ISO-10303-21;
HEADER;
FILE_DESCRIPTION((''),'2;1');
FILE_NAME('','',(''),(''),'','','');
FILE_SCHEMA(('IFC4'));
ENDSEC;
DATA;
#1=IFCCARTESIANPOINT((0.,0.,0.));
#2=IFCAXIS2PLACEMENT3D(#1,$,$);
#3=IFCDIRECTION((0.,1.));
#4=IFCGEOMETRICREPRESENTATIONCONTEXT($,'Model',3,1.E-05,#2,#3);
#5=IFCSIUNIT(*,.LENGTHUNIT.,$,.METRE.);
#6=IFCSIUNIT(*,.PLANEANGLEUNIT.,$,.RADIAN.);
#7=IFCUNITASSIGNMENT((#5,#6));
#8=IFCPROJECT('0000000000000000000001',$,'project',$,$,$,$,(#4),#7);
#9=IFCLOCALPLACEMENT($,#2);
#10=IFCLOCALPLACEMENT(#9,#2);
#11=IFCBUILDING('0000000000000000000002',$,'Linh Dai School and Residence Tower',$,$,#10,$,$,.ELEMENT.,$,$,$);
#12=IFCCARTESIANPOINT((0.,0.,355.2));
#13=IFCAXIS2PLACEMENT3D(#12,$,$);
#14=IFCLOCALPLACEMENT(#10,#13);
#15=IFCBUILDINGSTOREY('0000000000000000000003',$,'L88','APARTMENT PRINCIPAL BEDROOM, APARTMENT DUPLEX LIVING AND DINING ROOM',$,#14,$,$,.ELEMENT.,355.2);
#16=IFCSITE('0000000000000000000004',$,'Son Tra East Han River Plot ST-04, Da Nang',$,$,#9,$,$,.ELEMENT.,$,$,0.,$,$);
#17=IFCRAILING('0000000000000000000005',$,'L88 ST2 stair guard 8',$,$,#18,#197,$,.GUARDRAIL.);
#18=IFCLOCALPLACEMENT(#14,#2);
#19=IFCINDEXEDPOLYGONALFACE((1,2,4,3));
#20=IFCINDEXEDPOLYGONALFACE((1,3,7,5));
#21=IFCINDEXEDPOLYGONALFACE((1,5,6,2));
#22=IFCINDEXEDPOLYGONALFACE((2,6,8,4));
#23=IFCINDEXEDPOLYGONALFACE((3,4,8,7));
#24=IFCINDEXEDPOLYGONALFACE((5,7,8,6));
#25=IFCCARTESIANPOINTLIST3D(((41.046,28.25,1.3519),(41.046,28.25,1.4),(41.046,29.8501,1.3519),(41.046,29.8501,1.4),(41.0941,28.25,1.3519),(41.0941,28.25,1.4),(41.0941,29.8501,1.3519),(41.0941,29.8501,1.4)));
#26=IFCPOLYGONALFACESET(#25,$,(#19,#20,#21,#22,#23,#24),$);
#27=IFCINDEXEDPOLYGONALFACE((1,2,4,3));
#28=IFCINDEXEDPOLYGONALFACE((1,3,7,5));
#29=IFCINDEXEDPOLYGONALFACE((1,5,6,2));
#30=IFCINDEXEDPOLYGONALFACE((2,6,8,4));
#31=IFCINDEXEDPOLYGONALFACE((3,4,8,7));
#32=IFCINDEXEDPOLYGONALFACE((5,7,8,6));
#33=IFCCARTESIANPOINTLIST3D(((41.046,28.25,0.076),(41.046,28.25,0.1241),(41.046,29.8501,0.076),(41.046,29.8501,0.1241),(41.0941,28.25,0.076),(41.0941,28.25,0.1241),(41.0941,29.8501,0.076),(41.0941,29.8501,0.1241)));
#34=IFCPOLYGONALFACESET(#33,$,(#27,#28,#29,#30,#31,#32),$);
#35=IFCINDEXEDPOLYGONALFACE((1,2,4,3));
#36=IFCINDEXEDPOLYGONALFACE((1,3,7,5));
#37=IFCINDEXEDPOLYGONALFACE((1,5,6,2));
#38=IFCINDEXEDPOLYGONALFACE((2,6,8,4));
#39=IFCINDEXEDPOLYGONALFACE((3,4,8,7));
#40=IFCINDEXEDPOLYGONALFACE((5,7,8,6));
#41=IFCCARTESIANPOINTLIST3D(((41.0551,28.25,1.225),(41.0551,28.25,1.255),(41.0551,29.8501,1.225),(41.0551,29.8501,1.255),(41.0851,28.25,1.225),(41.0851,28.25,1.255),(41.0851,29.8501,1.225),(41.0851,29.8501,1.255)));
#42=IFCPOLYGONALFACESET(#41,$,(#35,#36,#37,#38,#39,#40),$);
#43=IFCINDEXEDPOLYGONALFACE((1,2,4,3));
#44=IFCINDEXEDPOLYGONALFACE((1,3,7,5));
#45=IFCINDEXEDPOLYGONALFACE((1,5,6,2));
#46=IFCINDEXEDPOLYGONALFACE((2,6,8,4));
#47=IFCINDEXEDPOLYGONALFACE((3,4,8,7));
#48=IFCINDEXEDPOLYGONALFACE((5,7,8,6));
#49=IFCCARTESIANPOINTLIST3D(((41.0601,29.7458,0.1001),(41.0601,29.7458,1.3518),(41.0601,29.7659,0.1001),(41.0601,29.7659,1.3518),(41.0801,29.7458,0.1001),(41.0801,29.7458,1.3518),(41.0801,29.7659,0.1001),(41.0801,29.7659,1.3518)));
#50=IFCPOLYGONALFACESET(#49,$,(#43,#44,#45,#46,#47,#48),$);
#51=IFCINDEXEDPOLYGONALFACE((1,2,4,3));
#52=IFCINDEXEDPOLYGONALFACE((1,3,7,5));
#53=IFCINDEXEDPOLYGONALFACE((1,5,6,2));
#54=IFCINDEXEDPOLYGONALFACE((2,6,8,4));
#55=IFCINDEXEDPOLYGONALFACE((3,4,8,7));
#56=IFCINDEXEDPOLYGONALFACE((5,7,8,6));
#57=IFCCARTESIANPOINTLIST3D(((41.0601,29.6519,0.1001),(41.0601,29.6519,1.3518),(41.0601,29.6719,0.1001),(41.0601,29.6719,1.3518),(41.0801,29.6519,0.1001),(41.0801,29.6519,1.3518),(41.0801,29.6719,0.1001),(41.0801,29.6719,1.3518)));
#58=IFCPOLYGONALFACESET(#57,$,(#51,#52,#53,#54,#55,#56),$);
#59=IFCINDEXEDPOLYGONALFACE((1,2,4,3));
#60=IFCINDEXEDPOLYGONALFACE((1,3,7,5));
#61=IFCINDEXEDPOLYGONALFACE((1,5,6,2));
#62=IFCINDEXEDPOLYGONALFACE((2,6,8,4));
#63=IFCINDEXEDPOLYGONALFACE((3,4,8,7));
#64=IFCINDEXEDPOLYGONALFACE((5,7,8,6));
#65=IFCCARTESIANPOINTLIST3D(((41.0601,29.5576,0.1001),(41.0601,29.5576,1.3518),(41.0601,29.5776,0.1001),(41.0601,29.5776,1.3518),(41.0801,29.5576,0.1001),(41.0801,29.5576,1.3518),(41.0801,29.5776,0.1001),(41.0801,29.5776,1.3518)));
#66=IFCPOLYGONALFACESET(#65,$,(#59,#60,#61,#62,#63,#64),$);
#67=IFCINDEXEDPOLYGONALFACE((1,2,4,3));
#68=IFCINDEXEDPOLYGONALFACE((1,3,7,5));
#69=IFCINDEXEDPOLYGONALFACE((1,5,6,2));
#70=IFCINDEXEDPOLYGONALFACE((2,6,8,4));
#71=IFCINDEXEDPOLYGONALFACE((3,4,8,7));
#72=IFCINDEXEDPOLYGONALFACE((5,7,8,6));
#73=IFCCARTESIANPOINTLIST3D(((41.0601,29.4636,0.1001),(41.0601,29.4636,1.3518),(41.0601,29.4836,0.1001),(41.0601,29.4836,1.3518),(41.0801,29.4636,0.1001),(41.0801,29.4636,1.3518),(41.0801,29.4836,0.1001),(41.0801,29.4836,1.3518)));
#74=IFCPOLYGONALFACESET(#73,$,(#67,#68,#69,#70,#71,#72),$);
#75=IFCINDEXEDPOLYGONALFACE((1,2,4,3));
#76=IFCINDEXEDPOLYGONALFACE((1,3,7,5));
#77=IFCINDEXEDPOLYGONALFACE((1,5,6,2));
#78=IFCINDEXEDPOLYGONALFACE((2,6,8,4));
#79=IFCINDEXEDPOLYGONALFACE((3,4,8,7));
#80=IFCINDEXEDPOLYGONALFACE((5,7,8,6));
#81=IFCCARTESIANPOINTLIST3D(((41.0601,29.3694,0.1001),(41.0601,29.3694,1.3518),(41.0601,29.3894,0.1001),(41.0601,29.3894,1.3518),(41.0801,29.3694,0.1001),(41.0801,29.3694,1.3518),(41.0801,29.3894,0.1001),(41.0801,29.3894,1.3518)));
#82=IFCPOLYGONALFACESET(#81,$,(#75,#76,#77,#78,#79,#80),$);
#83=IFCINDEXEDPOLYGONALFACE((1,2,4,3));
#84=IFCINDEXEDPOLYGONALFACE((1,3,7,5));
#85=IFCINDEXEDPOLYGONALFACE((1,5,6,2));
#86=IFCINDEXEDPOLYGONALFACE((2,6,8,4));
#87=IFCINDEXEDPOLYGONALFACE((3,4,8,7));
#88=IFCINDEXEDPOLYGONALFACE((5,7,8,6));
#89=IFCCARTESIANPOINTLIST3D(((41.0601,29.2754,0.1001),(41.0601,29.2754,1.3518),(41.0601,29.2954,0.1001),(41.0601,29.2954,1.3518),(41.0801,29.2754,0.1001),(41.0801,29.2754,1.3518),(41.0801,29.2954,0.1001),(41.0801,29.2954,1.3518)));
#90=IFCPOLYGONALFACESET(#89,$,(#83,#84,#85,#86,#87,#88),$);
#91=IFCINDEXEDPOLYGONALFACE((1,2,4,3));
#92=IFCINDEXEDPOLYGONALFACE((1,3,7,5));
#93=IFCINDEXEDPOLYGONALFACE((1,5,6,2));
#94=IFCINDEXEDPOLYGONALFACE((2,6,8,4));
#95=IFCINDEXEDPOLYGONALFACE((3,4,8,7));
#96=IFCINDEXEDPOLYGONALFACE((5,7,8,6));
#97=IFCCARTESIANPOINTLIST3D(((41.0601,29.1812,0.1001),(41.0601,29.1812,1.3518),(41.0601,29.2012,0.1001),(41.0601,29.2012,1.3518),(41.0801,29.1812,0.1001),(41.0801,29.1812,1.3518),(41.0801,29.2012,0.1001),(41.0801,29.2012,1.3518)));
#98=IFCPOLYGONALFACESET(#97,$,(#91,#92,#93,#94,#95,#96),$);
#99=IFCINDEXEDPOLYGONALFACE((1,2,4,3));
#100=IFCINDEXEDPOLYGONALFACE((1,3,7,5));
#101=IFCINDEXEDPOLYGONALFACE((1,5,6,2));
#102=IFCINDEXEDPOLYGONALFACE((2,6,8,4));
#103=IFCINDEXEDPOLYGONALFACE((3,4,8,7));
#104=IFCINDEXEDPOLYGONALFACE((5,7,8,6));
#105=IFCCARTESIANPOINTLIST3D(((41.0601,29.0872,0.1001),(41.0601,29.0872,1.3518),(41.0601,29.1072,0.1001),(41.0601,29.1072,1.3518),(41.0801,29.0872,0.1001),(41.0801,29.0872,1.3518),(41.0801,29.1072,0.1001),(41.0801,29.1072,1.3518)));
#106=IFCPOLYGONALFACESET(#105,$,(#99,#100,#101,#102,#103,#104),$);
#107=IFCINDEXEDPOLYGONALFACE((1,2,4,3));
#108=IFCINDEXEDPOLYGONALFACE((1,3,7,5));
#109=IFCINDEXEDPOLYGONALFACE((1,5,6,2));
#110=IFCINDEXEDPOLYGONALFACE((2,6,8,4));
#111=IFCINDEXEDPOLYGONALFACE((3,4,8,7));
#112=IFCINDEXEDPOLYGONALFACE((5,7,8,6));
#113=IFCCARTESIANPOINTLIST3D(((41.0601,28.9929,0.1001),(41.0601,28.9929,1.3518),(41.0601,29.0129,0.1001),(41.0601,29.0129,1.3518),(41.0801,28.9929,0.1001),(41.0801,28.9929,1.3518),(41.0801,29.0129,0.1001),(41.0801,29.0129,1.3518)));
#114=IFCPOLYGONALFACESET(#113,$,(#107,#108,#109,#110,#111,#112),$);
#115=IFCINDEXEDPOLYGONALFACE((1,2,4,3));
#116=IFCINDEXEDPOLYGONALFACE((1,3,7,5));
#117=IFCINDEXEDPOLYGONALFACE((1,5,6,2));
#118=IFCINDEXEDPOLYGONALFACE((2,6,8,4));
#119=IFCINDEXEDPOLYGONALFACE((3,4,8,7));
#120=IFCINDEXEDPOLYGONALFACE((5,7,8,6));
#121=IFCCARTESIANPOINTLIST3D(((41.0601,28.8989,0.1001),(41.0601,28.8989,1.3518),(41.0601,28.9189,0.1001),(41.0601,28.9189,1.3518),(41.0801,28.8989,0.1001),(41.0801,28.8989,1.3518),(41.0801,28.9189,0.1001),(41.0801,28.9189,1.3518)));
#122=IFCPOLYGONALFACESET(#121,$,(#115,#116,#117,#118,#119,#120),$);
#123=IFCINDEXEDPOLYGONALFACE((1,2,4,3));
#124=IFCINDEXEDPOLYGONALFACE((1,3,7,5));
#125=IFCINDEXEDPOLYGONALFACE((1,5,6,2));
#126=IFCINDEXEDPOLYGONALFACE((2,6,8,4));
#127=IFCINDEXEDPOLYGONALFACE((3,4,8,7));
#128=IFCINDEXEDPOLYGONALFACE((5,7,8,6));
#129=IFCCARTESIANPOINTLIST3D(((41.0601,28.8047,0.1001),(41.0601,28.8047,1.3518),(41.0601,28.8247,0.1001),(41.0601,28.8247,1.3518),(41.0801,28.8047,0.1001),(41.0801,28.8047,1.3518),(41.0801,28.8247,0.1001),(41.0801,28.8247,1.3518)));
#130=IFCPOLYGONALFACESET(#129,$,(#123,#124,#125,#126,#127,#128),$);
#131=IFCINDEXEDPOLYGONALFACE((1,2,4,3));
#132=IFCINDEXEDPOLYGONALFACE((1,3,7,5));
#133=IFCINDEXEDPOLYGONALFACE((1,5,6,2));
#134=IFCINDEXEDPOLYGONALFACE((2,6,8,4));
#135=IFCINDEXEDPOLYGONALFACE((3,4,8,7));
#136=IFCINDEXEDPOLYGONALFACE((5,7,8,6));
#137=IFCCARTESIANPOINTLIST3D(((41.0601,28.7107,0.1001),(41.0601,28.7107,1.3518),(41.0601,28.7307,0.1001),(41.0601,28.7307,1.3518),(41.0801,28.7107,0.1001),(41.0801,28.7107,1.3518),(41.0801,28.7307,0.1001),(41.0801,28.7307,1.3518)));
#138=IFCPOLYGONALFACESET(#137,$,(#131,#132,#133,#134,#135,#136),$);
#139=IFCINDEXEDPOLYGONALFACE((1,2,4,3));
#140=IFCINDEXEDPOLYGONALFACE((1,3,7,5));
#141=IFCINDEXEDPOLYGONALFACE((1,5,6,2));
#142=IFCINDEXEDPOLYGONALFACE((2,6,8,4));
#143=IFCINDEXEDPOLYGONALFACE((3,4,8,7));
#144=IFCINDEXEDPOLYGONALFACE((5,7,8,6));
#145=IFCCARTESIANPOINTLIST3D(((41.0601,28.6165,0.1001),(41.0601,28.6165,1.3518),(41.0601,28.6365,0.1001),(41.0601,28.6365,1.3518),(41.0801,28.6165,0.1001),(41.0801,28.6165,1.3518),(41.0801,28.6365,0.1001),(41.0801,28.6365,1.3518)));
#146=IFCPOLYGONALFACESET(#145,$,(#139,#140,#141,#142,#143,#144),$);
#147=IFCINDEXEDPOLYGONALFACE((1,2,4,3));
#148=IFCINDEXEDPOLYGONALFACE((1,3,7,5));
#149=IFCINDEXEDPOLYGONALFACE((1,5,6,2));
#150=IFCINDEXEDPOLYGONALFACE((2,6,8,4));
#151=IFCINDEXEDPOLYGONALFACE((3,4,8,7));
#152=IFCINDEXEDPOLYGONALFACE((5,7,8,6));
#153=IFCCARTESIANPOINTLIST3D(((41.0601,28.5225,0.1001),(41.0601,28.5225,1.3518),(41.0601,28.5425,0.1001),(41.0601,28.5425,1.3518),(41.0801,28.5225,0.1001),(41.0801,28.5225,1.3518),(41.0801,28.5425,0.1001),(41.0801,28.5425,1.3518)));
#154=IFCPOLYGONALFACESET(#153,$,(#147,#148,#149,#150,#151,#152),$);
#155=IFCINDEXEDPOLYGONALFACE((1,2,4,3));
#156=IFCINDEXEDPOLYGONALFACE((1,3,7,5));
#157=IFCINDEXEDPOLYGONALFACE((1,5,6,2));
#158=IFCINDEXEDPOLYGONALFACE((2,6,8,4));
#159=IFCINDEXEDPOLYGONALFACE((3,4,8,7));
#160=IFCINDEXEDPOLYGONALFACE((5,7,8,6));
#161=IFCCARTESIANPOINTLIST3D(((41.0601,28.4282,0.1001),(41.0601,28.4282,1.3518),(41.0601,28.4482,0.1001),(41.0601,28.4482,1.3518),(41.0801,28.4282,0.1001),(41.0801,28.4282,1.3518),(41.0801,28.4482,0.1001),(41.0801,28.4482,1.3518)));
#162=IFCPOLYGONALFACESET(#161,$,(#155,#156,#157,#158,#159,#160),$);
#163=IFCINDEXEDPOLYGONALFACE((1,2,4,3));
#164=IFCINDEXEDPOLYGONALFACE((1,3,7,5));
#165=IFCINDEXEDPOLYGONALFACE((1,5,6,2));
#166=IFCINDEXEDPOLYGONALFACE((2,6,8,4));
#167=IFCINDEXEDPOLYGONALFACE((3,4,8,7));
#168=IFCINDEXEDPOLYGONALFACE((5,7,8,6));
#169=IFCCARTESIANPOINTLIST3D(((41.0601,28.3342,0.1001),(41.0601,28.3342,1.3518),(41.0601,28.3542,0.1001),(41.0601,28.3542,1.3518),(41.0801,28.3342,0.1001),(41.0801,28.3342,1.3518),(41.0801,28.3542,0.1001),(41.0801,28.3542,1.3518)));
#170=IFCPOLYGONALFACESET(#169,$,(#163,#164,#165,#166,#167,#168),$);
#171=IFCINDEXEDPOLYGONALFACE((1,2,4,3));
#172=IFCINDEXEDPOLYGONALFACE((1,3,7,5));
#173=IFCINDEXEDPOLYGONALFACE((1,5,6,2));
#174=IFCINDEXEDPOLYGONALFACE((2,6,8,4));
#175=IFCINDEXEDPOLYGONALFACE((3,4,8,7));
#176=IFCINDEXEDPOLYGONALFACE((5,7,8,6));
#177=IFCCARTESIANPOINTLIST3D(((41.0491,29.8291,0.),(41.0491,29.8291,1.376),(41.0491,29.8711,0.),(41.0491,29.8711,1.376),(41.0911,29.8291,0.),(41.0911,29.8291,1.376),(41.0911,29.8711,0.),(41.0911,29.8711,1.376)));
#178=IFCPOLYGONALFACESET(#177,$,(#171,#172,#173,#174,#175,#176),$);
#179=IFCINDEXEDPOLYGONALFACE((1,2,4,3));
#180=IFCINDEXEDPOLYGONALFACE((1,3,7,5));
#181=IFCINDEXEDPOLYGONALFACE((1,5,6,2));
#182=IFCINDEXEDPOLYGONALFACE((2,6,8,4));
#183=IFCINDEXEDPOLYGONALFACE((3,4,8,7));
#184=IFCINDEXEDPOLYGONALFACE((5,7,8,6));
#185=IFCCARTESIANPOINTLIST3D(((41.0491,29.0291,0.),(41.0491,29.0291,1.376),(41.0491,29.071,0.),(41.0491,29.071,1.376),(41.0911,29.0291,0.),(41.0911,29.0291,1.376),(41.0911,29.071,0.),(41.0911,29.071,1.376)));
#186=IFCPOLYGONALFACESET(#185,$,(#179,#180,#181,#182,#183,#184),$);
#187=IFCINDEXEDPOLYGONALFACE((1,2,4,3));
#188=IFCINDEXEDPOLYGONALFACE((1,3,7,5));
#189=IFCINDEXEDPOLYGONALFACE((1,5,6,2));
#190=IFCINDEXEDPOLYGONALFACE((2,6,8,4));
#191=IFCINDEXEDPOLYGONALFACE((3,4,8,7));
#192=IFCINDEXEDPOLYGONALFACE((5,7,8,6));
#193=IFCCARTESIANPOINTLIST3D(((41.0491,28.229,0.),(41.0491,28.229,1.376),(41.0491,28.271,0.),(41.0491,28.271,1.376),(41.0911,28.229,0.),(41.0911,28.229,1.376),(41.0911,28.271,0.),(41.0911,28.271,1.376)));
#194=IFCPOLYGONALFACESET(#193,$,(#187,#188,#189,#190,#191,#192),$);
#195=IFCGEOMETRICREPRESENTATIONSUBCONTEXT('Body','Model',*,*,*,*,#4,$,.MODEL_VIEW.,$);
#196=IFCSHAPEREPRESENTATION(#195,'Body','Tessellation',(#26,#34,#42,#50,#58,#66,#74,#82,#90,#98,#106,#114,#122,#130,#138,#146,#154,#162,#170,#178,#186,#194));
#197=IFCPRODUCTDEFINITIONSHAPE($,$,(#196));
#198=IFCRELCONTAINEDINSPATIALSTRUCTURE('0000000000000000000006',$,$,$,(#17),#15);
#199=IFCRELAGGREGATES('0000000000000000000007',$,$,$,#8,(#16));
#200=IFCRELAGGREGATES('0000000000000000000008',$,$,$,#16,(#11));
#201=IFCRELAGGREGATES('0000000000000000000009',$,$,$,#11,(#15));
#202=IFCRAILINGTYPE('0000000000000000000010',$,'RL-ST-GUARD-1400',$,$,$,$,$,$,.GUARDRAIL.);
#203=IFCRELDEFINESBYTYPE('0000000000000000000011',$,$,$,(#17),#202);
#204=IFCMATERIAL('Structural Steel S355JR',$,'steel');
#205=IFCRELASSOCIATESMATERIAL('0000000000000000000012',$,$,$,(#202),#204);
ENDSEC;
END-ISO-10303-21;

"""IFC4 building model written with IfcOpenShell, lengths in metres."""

from ifc_helpers import new_model, si_unit, direction, frame, origin, origin_2d, place, context, subcontext, project, spatial, rectangle, extrude, source, transform, mapped, material, type_object, element, save


model = new_model("IFC4")

# Units and contexts
model_context = context("Model", 3, precision=1e-05, world=origin(), true_north=direction((0.0, 1.0)))
body_context = subcontext(model_context, "Body", "Model", "MODEL_VIEW")
ifc_project = project(units=[si_unit("LENGTHUNIT", "METRE"), si_unit("PLANEANGLEUNIT", "RADIAN")], contexts=[model_context])

# Site, building, storey
site_placement = place(None, origin())
site = spatial("IfcSite", under=ifc_project, at=site_placement, Name="Son Tra East Han River Plot ST-04, Da Nang", CompositionType="ELEMENT", RefElevation=0.0)
building_placement = place(site_placement, origin())
building = spatial("IfcBuilding", under=site, at=building_placement, Name="Linh Dai School and Residence Tower", CompositionType="ELEMENT")
storey_placement = place(building_placement, frame((0.0, 0.0, 355.2)))
storey = spatial("IfcBuildingStorey", under=building, at=storey_placement, Name="L88", Description="APARTMENT PRINCIPAL BEDROOM, APARTMENT DUPLEX LIVING AND DINING ROOM", CompositionType="ELEMENT", Elevation=355.2)

# Shared definitions
ifc_material_1 = material(Name="Structural Steel S355JR", Category="steel")

# Railing
railing_type_1 = type_object("IfcRailingType", Name="RL-ST-GUARD-1400", PredefinedType="GUARDRAIL", material=ifc_material_1)
shared_shape_1 = source(origin(), body_context, "Body", "SweptSolid", [
    extrude(rectangle(XDim=0.0481, YDim=0.0481, at=origin_2d()), frame((0.0, 0.0, 1.376), z_axis=(0.0, -1.0, 0.0), x_axis=(1.0, 0.0, 0.0)), (0.0, 0.0, 1.0), 1.6001),
    extrude(rectangle(XDim=0.0481, YDim=0.0481, at=origin_2d()), frame((0.0, 0.0, 0.1001), z_axis=(0.0, -1.0, 0.0), x_axis=(1.0, 0.0, 0.0)), (0.0, 0.0, 1.0), 1.6001),
    extrude(rectangle(XDim=0.03, YDim=0.03, at=origin_2d()), frame((0.0, 0.0, 1.24), z_axis=(0.0, -1.0, 0.0), x_axis=(1.0, 0.0, 0.0)), (0.0, 0.0, 1.0), 1.6001),
    extrude(rectangle(XDim=0.02, YDim=0.02, at=origin_2d()), frame((0.0, -0.0942, 0.1001)), (0.0, 0.0, 1.0), 1.2517),
    extrude(rectangle(XDim=0.02, YDim=0.02, at=origin_2d()), frame((0.0, -0.1882, 0.1001)), (0.0, 0.0, 1.0), 1.2517),
    extrude(rectangle(XDim=0.02, YDim=0.02, at=origin_2d()), frame((0.0, -0.2825, 0.1001)), (0.0, 0.0, 1.0), 1.2517),
    extrude(rectangle(XDim=0.02, YDim=0.02, at=origin_2d()), frame((0.0, -0.3765, 0.1001)), (0.0, 0.0, 1.0), 1.2517),
    extrude(rectangle(XDim=0.02, YDim=0.02, at=origin_2d()), frame((0.0, -0.4707, 0.1001)), (0.0, 0.0, 1.0), 1.2517),
    extrude(rectangle(XDim=0.02, YDim=0.02, at=origin_2d()), frame((0.0, -0.5647, 0.1001)), (0.0, 0.0, 1.0), 1.2517),
    extrude(rectangle(XDim=0.02, YDim=0.02, at=origin_2d()), frame((0.0, -0.6589, 0.1001)), (0.0, 0.0, 1.0), 1.2517),
    extrude(rectangle(XDim=0.02, YDim=0.02, at=origin_2d()), frame((0.0, -0.7529, 0.1001)), (0.0, 0.0, 1.0), 1.2517),
    extrude(rectangle(XDim=0.02, YDim=0.02, at=origin_2d()), frame((0.0, -0.8472, 0.1001)), (0.0, 0.0, 1.0), 1.2517),
    extrude(rectangle(XDim=0.02, YDim=0.02, at=origin_2d()), frame((0.0, -0.9412, 0.1001)), (0.0, 0.0, 1.0), 1.2517),
    extrude(rectangle(XDim=0.02, YDim=0.02, at=origin_2d()), frame((0.0, -1.0354, 0.1001)), (0.0, 0.0, 1.0), 1.2517),
    extrude(rectangle(XDim=0.02, YDim=0.02, at=origin_2d()), frame((0.0, -1.1294, 0.1001)), (0.0, 0.0, 1.0), 1.2517),
    extrude(rectangle(XDim=0.02, YDim=0.02, at=origin_2d()), frame((0.0, -1.2236, 0.1001)), (0.0, 0.0, 1.0), 1.2517),
    extrude(rectangle(XDim=0.02, YDim=0.02, at=origin_2d()), frame((0.0, -1.3176, 0.1001)), (0.0, 0.0, 1.0), 1.2517),
    extrude(rectangle(XDim=0.02, YDim=0.02, at=origin_2d()), frame((0.0, -1.4119, 0.1001)), (0.0, 0.0, 1.0), 1.2517),
    extrude(rectangle(XDim=0.02, YDim=0.02, at=origin_2d()), frame((0.0, -1.5059, 0.1001)), (0.0, 0.0, 1.0), 1.2517),
    extrude(rectangle(XDim=0.042, YDim=0.042, at=origin_2d()), origin(), (0.0, 0.0, 1.0), 1.376),
    extrude(rectangle(XDim=0.042, YDim=0.042, at=origin_2d()), frame((0.0, -0.8, 0.0)), (0.0, 0.0, 1.0), 1.376),
    extrude(rectangle(XDim=0.042, YDim=0.042, at=origin_2d()), frame((0.0, -1.6001, 0.0)), (0.0, 0.0, 1.0), 1.376),
])
for number, where, name in (
    (1, (41.0701, 29.8501, 0.0), "L88 ST2 stair guard 8"),
):
    element("IfcRailing", number, at=place(storey_placement, frame(where)), inside=storey, type_object=railing_type_1, Name=name, PredefinedType="GUARDRAIL", context=body_context, shape_type="MappedRepresentation", body=[
        mapped(shared_shape_1, transform((0.0, 0.0, 0.0), x_axis=(1.0, 0.0, 0.0), y_axis=(0.0, 1.0, 0.0), z_axis=(0.0, 0.0, 1.0), scale=1.0)),
    ])

save(model, "model.ifc")
